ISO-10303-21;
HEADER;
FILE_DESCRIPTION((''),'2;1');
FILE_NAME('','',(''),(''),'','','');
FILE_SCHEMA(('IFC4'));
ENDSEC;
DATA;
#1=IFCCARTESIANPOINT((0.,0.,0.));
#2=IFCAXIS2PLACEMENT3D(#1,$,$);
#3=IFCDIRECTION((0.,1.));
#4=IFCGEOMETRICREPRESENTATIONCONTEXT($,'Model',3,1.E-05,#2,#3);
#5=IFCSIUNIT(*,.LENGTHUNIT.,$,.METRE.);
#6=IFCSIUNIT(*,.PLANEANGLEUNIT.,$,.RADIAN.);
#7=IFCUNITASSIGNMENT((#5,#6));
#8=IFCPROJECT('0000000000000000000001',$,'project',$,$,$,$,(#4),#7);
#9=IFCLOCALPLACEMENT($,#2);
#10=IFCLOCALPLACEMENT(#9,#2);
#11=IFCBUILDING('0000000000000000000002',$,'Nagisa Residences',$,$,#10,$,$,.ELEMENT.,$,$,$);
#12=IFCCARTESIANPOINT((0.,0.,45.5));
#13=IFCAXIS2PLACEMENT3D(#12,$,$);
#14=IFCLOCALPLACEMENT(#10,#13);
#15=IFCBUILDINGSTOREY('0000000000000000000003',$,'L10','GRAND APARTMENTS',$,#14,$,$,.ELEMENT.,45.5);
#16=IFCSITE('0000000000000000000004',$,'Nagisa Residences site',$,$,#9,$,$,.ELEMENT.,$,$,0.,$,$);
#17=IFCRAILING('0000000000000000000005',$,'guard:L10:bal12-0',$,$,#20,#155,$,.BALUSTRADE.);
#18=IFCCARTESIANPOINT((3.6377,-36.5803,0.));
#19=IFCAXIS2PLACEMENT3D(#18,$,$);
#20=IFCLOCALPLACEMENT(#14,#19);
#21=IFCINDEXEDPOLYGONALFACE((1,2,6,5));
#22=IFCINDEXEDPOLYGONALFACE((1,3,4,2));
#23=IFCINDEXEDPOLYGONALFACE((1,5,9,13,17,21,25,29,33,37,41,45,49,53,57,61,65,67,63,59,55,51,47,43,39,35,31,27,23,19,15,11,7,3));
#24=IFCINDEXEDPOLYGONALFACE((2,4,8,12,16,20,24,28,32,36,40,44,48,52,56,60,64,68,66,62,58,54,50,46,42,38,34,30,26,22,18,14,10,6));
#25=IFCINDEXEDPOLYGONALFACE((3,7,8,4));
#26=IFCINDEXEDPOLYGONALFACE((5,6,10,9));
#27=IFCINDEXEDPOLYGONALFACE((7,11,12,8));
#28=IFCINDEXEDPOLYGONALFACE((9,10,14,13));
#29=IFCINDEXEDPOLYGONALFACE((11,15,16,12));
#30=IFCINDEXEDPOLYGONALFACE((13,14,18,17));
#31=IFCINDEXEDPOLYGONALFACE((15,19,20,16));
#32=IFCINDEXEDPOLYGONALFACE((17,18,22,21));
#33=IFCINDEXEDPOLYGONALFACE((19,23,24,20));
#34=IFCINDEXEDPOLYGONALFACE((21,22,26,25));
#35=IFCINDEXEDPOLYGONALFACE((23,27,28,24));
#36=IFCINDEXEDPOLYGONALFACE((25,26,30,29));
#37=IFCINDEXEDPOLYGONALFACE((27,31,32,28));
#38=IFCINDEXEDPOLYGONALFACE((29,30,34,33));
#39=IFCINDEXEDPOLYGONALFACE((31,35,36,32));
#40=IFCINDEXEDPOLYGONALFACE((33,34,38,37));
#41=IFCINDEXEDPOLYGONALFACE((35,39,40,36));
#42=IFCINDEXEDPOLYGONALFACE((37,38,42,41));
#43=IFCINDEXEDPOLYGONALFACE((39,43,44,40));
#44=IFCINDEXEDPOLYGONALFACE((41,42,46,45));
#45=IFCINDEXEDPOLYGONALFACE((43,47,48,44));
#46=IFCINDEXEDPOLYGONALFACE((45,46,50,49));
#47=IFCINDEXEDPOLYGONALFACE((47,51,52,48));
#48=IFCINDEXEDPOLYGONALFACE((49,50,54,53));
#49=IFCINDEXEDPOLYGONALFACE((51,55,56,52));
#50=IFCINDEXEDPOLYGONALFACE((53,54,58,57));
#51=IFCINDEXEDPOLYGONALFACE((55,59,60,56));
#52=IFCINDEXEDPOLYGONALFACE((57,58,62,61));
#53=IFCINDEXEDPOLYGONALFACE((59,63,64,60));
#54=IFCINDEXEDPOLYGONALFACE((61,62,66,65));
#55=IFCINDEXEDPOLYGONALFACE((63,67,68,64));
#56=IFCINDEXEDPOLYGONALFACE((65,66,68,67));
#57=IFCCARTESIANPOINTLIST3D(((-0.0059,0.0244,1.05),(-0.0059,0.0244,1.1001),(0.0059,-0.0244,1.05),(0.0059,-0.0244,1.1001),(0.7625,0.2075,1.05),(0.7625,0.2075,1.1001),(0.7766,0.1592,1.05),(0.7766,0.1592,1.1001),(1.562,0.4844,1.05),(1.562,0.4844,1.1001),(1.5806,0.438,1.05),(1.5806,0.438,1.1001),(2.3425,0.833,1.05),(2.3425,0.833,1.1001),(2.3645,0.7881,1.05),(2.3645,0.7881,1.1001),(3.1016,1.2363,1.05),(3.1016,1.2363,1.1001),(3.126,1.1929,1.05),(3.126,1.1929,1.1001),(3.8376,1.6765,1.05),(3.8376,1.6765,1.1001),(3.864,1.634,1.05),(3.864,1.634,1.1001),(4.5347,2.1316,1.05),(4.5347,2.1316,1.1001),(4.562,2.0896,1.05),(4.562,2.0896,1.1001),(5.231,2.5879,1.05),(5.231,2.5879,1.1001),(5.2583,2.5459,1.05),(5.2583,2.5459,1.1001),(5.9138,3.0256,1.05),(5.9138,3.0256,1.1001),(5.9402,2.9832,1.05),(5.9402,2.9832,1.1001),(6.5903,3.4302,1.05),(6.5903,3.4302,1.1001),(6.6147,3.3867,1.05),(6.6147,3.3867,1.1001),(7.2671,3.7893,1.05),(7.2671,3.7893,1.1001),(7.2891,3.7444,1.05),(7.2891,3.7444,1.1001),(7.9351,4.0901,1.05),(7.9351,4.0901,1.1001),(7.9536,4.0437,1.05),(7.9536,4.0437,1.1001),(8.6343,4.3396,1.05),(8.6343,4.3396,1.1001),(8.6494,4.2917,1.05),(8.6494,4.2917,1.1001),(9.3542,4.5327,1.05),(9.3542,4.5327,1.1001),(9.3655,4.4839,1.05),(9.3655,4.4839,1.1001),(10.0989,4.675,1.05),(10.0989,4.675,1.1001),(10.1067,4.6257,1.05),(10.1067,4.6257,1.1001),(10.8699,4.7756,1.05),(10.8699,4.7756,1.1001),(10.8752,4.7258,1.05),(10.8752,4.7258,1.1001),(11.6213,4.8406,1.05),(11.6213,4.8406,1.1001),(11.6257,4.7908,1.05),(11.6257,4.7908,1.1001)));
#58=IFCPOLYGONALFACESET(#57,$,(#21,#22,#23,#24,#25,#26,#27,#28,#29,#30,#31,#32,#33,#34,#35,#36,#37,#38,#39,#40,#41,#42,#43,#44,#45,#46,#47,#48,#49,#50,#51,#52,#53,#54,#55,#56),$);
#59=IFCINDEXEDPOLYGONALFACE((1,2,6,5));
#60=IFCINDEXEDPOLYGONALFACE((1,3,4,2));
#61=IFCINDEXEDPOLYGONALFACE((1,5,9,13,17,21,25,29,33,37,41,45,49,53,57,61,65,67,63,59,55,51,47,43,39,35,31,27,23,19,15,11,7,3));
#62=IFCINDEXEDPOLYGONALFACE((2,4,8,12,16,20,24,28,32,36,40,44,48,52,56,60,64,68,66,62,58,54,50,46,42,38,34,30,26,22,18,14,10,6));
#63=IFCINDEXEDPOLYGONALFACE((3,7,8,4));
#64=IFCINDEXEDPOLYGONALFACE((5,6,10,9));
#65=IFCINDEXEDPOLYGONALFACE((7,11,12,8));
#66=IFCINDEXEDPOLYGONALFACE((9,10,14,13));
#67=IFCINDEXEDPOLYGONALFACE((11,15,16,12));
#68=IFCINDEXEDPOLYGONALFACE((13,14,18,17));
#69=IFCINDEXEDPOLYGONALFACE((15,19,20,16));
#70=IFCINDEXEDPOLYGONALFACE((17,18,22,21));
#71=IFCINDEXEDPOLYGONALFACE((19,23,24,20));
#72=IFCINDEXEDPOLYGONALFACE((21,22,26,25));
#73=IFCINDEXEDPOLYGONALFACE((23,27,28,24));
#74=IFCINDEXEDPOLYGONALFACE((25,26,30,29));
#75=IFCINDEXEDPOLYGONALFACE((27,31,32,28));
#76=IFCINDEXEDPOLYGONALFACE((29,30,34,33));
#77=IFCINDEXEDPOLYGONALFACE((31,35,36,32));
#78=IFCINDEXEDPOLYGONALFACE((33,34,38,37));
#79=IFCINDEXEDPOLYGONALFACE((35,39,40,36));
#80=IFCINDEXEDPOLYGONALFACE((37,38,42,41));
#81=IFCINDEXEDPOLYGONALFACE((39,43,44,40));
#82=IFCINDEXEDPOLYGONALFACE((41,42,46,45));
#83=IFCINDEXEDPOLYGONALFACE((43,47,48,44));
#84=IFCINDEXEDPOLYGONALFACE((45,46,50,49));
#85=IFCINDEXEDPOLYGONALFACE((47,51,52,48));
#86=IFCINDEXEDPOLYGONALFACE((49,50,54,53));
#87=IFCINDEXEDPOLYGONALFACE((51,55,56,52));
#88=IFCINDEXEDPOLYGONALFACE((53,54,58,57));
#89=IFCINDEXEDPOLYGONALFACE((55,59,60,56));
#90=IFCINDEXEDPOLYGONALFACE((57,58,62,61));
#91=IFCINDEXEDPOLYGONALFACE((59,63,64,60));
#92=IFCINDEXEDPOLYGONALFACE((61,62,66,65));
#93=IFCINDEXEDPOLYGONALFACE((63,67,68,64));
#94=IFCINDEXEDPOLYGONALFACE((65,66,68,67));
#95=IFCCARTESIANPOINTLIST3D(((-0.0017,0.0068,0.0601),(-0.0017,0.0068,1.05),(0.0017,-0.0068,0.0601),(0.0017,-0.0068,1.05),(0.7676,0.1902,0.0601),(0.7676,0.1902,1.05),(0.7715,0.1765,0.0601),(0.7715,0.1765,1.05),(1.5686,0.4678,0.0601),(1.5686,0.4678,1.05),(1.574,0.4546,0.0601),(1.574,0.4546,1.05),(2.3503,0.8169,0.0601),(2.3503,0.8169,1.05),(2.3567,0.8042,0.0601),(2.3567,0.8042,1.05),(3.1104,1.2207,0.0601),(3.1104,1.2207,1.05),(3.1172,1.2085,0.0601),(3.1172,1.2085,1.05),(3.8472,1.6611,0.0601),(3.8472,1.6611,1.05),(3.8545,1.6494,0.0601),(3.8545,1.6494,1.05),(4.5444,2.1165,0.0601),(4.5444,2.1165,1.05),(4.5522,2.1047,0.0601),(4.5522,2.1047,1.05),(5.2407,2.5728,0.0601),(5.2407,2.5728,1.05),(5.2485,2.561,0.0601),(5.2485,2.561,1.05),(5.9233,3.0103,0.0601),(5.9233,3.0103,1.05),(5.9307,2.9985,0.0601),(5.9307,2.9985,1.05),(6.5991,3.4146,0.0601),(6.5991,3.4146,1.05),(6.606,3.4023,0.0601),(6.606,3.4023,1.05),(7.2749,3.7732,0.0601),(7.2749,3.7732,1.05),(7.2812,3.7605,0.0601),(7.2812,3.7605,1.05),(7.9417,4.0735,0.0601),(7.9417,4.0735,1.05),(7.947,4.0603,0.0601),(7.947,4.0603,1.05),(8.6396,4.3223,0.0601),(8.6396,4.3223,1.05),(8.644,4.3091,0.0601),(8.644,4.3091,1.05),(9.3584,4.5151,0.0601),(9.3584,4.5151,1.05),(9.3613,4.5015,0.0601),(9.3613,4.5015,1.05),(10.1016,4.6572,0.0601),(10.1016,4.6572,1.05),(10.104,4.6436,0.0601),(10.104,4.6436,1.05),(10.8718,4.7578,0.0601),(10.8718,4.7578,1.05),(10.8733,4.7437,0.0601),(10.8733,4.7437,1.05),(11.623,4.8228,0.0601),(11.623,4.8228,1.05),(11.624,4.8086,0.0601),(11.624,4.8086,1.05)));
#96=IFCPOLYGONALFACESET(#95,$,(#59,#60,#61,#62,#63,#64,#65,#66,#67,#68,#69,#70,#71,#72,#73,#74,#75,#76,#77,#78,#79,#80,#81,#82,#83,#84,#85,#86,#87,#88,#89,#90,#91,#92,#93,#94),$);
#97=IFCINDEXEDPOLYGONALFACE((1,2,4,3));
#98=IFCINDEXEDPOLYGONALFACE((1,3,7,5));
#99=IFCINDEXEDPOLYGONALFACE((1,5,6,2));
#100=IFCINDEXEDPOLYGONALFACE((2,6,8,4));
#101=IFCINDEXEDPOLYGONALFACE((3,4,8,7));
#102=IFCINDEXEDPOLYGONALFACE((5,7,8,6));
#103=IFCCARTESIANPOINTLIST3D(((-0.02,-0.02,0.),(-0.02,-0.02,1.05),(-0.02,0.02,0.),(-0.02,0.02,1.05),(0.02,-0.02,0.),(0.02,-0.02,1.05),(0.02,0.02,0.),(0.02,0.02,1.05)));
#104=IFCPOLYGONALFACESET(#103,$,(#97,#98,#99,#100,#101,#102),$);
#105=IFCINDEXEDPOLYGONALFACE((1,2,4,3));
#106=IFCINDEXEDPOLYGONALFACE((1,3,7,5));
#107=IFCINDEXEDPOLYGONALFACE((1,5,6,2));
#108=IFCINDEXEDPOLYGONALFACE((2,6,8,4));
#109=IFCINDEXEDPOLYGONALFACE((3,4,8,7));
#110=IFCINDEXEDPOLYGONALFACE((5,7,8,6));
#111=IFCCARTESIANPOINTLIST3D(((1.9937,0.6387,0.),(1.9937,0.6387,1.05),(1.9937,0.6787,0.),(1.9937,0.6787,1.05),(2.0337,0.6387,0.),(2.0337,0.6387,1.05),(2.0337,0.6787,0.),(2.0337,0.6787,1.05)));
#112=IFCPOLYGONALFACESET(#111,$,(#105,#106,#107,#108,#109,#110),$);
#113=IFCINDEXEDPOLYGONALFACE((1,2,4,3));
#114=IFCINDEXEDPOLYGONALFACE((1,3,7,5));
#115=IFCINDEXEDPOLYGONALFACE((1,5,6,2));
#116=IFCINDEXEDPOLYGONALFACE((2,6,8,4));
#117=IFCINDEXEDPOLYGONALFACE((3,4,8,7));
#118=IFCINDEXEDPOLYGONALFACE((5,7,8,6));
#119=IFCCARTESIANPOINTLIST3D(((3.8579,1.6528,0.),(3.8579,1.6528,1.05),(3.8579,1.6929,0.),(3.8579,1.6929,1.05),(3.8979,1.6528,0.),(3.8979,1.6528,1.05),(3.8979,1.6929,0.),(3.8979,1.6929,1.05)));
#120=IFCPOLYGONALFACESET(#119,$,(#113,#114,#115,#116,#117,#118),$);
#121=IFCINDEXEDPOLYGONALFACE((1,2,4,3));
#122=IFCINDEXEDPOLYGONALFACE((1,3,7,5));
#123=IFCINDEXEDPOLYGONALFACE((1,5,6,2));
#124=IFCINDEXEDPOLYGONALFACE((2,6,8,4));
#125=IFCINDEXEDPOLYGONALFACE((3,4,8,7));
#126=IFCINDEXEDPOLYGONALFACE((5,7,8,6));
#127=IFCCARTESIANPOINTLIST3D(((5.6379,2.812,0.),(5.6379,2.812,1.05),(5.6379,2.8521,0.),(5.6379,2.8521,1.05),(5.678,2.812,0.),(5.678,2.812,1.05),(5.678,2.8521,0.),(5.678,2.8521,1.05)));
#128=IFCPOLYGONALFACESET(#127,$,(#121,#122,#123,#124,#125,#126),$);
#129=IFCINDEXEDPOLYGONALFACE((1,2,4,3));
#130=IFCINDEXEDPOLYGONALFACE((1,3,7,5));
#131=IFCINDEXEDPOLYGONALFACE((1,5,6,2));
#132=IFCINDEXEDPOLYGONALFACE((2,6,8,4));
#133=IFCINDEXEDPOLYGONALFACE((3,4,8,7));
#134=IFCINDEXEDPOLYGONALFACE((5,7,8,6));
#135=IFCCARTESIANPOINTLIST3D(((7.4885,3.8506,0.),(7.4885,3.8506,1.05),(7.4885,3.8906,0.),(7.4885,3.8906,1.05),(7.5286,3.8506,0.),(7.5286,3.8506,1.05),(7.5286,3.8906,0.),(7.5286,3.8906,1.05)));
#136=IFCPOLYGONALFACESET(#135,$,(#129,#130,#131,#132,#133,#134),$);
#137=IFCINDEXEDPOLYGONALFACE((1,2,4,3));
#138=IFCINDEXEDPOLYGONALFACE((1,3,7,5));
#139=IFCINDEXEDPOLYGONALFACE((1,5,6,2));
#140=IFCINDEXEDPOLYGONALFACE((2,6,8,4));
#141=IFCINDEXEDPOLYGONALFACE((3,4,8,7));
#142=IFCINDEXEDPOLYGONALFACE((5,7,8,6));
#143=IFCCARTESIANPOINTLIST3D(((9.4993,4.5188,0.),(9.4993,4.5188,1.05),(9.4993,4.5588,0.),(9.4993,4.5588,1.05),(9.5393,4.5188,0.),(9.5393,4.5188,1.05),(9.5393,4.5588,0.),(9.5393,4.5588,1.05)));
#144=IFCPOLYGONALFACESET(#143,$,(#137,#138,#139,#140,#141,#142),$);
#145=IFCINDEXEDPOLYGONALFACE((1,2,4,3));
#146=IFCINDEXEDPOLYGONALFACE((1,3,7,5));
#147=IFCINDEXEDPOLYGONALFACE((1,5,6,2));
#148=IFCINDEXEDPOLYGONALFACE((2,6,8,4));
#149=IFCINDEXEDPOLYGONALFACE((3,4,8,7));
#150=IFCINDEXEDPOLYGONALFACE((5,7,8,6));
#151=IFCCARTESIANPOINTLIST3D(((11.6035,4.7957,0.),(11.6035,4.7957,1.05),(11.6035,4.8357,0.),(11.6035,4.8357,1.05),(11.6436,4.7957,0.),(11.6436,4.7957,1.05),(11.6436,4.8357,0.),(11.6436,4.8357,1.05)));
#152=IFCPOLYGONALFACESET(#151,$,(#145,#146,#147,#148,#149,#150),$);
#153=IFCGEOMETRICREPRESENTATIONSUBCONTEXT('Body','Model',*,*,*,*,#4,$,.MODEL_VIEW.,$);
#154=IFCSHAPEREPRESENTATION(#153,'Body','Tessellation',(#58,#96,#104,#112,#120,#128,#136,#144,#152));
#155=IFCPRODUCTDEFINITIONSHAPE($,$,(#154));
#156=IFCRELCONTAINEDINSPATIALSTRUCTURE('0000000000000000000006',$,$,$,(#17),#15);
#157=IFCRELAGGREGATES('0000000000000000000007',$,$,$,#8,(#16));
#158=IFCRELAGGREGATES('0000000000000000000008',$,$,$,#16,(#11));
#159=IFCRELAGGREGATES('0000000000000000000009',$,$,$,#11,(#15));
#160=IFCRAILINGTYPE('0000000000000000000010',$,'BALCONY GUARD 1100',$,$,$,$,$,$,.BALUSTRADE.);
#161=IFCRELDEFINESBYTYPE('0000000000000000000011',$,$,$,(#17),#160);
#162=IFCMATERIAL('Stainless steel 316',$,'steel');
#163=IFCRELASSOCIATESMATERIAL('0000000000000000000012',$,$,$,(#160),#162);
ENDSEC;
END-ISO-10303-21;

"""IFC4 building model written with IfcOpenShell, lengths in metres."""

from ifc_helpers import new_model, si_unit, direction, frame, origin, origin_2d, place, context, subcontext, project, spatial, polyline, rectangle, outline, extrude, material, type_object, element, save


model = new_model("IFC4")

# Units and contexts
model_context = context("Model", 3, precision=1e-05, world=origin(), true_north=direction((0.0, 1.0)))
body_context = subcontext(model_context, "Body", "Model", "MODEL_VIEW")
ifc_project = project(units=[si_unit("LENGTHUNIT", "METRE"), si_unit("PLANEANGLEUNIT", "RADIAN")], contexts=[model_context])

# Site, building, storey
site_placement = place(None, origin())
site = spatial("IfcSite", under=ifc_project, at=site_placement, Name="Nagisa Residences site", CompositionType="ELEMENT", RefElevation=0.0)
building_placement = place(site_placement, origin())
building = spatial("IfcBuilding", under=site, at=building_placement, Name="Nagisa Residences", CompositionType="ELEMENT")
storey_placement = place(building_placement, frame((0.0, 0.0, 45.5)))
storey = spatial("IfcBuildingStorey", under=building, at=storey_placement, Name="L10", Description="GRAND APARTMENTS", CompositionType="ELEMENT", Elevation=45.5)

# Railing
ifc_material_1 = material(Name="Stainless steel 316", Category="steel")
railing_type = type_object("IfcRailingType", Name="BALCONY GUARD 1100", PredefinedType="BALUSTRADE", material=ifc_material_1)
railing_placement = place(storey_placement, frame((3.6377, -36.5803, 0.0)))
element("IfcRailing", 1, at=railing_placement, inside=storey, type_object=railing_type, Name="guard:L10:bal12-0", PredefinedType="BALUSTRADE", context=body_context, shape_type="SweptSolid", body=[
    extrude(outline(polyline([(0.7625, 0.2075), (-0.0059, 0.0244), (0.0059, -0.0244), (0.7766, 0.1592), (1.5806, 0.438), (2.3645, 0.7881), (3.126, 1.1929), (3.864, 1.634), (4.562, 2.0896), (5.2583, 2.5459), (5.9402, 2.9832), (6.6147, 3.3867), (7.2891, 3.7444), (7.9536, 4.0437), (8.6494, 4.2917), (9.3655, 4.4839), (10.1067, 4.6257), (10.8752, 4.7258), (11.6257, 4.7908), (11.6213, 4.8406), (10.8699, 4.7756), (10.0989, 4.675), (9.3542, 4.5327), (8.6343, 4.3396), (7.9351, 4.0901), (7.2671, 3.7893), (6.5903, 3.4302), (5.9138, 3.0256), (5.231, 2.5879), (4.5347, 2.1316), (3.8376, 1.6765), (3.1016, 1.2363), (2.3425, 0.833), (1.562, 0.4844), (0.7625, 0.2075)])), frame((0.0, 0.0, 1.05)), (0.0, 0.0, 1.0), 0.05),
    extrude(outline(polyline([(0.7676, 0.1902), (-0.0017, 0.0068), (0.0017, -0.0068), (0.7715, 0.1765), (1.574, 0.4546), (2.3567, 0.8042), (3.1172, 1.2085), (3.8545, 1.6494), (4.5522, 2.1047), (5.2485, 2.561), (5.9307, 2.9985), (6.606, 3.4023), (7.2812, 3.7605), (7.947, 4.0603), (8.644, 4.3091), (9.3613, 4.5015), (10.104, 4.6436), (10.8733, 4.7437), (11.624, 4.8086), (11.623, 4.8228), (10.8718, 4.7578), (10.1016, 4.6572), (9.3584, 4.5151), (8.6396, 4.3223), (7.9417, 4.0735), (7.2749, 3.7732), (6.5991, 3.4146), (5.9233, 3.0103), (5.2407, 2.5728), (4.5444, 2.1165), (3.8472, 1.6611), (3.1104, 1.2207), (2.3503, 0.8169), (1.5686, 0.4678), (0.7676, 0.1902)])), frame((0.0, 0.0, 0.0601)), (0.0, 0.0, 1.0), 0.99),
    extrude(rectangle(XDim=0.04, YDim=0.04, at=origin_2d()), origin(), (0.0, 0.0, 1.0), 1.05),
    extrude(rectangle(XDim=0.04, YDim=0.04, at=origin_2d()), frame((2.0137, 0.6587, 0.0)), (0.0, 0.0, 1.0), 1.05),
    extrude(rectangle(XDim=0.04, YDim=0.04, at=origin_2d()), frame((3.8779, 1.6729, 0.0)), (0.0, 0.0, 1.0), 1.05),
    extrude(rectangle(XDim=0.04, YDim=0.04, at=origin_2d()), frame((5.658, 2.832, 0.0)), (0.0, 0.0, 1.0), 1.05),
    extrude(rectangle(XDim=0.04, YDim=0.04, at=origin_2d()), frame((7.5085, 3.8706, 0.0)), (0.0, 0.0, 1.0), 1.05),
    extrude(rectangle(XDim=0.04, YDim=0.04, at=origin_2d()), frame((9.5193, 4.5388, 0.0)), (0.0, 0.0, 1.0), 1.05),
    extrude(rectangle(XDim=0.04, YDim=0.04, at=origin_2d()), frame((11.6235, 4.8157, 0.0)), (0.0, 0.0, 1.0), 1.05),
])

save(model, "model.ifc")
